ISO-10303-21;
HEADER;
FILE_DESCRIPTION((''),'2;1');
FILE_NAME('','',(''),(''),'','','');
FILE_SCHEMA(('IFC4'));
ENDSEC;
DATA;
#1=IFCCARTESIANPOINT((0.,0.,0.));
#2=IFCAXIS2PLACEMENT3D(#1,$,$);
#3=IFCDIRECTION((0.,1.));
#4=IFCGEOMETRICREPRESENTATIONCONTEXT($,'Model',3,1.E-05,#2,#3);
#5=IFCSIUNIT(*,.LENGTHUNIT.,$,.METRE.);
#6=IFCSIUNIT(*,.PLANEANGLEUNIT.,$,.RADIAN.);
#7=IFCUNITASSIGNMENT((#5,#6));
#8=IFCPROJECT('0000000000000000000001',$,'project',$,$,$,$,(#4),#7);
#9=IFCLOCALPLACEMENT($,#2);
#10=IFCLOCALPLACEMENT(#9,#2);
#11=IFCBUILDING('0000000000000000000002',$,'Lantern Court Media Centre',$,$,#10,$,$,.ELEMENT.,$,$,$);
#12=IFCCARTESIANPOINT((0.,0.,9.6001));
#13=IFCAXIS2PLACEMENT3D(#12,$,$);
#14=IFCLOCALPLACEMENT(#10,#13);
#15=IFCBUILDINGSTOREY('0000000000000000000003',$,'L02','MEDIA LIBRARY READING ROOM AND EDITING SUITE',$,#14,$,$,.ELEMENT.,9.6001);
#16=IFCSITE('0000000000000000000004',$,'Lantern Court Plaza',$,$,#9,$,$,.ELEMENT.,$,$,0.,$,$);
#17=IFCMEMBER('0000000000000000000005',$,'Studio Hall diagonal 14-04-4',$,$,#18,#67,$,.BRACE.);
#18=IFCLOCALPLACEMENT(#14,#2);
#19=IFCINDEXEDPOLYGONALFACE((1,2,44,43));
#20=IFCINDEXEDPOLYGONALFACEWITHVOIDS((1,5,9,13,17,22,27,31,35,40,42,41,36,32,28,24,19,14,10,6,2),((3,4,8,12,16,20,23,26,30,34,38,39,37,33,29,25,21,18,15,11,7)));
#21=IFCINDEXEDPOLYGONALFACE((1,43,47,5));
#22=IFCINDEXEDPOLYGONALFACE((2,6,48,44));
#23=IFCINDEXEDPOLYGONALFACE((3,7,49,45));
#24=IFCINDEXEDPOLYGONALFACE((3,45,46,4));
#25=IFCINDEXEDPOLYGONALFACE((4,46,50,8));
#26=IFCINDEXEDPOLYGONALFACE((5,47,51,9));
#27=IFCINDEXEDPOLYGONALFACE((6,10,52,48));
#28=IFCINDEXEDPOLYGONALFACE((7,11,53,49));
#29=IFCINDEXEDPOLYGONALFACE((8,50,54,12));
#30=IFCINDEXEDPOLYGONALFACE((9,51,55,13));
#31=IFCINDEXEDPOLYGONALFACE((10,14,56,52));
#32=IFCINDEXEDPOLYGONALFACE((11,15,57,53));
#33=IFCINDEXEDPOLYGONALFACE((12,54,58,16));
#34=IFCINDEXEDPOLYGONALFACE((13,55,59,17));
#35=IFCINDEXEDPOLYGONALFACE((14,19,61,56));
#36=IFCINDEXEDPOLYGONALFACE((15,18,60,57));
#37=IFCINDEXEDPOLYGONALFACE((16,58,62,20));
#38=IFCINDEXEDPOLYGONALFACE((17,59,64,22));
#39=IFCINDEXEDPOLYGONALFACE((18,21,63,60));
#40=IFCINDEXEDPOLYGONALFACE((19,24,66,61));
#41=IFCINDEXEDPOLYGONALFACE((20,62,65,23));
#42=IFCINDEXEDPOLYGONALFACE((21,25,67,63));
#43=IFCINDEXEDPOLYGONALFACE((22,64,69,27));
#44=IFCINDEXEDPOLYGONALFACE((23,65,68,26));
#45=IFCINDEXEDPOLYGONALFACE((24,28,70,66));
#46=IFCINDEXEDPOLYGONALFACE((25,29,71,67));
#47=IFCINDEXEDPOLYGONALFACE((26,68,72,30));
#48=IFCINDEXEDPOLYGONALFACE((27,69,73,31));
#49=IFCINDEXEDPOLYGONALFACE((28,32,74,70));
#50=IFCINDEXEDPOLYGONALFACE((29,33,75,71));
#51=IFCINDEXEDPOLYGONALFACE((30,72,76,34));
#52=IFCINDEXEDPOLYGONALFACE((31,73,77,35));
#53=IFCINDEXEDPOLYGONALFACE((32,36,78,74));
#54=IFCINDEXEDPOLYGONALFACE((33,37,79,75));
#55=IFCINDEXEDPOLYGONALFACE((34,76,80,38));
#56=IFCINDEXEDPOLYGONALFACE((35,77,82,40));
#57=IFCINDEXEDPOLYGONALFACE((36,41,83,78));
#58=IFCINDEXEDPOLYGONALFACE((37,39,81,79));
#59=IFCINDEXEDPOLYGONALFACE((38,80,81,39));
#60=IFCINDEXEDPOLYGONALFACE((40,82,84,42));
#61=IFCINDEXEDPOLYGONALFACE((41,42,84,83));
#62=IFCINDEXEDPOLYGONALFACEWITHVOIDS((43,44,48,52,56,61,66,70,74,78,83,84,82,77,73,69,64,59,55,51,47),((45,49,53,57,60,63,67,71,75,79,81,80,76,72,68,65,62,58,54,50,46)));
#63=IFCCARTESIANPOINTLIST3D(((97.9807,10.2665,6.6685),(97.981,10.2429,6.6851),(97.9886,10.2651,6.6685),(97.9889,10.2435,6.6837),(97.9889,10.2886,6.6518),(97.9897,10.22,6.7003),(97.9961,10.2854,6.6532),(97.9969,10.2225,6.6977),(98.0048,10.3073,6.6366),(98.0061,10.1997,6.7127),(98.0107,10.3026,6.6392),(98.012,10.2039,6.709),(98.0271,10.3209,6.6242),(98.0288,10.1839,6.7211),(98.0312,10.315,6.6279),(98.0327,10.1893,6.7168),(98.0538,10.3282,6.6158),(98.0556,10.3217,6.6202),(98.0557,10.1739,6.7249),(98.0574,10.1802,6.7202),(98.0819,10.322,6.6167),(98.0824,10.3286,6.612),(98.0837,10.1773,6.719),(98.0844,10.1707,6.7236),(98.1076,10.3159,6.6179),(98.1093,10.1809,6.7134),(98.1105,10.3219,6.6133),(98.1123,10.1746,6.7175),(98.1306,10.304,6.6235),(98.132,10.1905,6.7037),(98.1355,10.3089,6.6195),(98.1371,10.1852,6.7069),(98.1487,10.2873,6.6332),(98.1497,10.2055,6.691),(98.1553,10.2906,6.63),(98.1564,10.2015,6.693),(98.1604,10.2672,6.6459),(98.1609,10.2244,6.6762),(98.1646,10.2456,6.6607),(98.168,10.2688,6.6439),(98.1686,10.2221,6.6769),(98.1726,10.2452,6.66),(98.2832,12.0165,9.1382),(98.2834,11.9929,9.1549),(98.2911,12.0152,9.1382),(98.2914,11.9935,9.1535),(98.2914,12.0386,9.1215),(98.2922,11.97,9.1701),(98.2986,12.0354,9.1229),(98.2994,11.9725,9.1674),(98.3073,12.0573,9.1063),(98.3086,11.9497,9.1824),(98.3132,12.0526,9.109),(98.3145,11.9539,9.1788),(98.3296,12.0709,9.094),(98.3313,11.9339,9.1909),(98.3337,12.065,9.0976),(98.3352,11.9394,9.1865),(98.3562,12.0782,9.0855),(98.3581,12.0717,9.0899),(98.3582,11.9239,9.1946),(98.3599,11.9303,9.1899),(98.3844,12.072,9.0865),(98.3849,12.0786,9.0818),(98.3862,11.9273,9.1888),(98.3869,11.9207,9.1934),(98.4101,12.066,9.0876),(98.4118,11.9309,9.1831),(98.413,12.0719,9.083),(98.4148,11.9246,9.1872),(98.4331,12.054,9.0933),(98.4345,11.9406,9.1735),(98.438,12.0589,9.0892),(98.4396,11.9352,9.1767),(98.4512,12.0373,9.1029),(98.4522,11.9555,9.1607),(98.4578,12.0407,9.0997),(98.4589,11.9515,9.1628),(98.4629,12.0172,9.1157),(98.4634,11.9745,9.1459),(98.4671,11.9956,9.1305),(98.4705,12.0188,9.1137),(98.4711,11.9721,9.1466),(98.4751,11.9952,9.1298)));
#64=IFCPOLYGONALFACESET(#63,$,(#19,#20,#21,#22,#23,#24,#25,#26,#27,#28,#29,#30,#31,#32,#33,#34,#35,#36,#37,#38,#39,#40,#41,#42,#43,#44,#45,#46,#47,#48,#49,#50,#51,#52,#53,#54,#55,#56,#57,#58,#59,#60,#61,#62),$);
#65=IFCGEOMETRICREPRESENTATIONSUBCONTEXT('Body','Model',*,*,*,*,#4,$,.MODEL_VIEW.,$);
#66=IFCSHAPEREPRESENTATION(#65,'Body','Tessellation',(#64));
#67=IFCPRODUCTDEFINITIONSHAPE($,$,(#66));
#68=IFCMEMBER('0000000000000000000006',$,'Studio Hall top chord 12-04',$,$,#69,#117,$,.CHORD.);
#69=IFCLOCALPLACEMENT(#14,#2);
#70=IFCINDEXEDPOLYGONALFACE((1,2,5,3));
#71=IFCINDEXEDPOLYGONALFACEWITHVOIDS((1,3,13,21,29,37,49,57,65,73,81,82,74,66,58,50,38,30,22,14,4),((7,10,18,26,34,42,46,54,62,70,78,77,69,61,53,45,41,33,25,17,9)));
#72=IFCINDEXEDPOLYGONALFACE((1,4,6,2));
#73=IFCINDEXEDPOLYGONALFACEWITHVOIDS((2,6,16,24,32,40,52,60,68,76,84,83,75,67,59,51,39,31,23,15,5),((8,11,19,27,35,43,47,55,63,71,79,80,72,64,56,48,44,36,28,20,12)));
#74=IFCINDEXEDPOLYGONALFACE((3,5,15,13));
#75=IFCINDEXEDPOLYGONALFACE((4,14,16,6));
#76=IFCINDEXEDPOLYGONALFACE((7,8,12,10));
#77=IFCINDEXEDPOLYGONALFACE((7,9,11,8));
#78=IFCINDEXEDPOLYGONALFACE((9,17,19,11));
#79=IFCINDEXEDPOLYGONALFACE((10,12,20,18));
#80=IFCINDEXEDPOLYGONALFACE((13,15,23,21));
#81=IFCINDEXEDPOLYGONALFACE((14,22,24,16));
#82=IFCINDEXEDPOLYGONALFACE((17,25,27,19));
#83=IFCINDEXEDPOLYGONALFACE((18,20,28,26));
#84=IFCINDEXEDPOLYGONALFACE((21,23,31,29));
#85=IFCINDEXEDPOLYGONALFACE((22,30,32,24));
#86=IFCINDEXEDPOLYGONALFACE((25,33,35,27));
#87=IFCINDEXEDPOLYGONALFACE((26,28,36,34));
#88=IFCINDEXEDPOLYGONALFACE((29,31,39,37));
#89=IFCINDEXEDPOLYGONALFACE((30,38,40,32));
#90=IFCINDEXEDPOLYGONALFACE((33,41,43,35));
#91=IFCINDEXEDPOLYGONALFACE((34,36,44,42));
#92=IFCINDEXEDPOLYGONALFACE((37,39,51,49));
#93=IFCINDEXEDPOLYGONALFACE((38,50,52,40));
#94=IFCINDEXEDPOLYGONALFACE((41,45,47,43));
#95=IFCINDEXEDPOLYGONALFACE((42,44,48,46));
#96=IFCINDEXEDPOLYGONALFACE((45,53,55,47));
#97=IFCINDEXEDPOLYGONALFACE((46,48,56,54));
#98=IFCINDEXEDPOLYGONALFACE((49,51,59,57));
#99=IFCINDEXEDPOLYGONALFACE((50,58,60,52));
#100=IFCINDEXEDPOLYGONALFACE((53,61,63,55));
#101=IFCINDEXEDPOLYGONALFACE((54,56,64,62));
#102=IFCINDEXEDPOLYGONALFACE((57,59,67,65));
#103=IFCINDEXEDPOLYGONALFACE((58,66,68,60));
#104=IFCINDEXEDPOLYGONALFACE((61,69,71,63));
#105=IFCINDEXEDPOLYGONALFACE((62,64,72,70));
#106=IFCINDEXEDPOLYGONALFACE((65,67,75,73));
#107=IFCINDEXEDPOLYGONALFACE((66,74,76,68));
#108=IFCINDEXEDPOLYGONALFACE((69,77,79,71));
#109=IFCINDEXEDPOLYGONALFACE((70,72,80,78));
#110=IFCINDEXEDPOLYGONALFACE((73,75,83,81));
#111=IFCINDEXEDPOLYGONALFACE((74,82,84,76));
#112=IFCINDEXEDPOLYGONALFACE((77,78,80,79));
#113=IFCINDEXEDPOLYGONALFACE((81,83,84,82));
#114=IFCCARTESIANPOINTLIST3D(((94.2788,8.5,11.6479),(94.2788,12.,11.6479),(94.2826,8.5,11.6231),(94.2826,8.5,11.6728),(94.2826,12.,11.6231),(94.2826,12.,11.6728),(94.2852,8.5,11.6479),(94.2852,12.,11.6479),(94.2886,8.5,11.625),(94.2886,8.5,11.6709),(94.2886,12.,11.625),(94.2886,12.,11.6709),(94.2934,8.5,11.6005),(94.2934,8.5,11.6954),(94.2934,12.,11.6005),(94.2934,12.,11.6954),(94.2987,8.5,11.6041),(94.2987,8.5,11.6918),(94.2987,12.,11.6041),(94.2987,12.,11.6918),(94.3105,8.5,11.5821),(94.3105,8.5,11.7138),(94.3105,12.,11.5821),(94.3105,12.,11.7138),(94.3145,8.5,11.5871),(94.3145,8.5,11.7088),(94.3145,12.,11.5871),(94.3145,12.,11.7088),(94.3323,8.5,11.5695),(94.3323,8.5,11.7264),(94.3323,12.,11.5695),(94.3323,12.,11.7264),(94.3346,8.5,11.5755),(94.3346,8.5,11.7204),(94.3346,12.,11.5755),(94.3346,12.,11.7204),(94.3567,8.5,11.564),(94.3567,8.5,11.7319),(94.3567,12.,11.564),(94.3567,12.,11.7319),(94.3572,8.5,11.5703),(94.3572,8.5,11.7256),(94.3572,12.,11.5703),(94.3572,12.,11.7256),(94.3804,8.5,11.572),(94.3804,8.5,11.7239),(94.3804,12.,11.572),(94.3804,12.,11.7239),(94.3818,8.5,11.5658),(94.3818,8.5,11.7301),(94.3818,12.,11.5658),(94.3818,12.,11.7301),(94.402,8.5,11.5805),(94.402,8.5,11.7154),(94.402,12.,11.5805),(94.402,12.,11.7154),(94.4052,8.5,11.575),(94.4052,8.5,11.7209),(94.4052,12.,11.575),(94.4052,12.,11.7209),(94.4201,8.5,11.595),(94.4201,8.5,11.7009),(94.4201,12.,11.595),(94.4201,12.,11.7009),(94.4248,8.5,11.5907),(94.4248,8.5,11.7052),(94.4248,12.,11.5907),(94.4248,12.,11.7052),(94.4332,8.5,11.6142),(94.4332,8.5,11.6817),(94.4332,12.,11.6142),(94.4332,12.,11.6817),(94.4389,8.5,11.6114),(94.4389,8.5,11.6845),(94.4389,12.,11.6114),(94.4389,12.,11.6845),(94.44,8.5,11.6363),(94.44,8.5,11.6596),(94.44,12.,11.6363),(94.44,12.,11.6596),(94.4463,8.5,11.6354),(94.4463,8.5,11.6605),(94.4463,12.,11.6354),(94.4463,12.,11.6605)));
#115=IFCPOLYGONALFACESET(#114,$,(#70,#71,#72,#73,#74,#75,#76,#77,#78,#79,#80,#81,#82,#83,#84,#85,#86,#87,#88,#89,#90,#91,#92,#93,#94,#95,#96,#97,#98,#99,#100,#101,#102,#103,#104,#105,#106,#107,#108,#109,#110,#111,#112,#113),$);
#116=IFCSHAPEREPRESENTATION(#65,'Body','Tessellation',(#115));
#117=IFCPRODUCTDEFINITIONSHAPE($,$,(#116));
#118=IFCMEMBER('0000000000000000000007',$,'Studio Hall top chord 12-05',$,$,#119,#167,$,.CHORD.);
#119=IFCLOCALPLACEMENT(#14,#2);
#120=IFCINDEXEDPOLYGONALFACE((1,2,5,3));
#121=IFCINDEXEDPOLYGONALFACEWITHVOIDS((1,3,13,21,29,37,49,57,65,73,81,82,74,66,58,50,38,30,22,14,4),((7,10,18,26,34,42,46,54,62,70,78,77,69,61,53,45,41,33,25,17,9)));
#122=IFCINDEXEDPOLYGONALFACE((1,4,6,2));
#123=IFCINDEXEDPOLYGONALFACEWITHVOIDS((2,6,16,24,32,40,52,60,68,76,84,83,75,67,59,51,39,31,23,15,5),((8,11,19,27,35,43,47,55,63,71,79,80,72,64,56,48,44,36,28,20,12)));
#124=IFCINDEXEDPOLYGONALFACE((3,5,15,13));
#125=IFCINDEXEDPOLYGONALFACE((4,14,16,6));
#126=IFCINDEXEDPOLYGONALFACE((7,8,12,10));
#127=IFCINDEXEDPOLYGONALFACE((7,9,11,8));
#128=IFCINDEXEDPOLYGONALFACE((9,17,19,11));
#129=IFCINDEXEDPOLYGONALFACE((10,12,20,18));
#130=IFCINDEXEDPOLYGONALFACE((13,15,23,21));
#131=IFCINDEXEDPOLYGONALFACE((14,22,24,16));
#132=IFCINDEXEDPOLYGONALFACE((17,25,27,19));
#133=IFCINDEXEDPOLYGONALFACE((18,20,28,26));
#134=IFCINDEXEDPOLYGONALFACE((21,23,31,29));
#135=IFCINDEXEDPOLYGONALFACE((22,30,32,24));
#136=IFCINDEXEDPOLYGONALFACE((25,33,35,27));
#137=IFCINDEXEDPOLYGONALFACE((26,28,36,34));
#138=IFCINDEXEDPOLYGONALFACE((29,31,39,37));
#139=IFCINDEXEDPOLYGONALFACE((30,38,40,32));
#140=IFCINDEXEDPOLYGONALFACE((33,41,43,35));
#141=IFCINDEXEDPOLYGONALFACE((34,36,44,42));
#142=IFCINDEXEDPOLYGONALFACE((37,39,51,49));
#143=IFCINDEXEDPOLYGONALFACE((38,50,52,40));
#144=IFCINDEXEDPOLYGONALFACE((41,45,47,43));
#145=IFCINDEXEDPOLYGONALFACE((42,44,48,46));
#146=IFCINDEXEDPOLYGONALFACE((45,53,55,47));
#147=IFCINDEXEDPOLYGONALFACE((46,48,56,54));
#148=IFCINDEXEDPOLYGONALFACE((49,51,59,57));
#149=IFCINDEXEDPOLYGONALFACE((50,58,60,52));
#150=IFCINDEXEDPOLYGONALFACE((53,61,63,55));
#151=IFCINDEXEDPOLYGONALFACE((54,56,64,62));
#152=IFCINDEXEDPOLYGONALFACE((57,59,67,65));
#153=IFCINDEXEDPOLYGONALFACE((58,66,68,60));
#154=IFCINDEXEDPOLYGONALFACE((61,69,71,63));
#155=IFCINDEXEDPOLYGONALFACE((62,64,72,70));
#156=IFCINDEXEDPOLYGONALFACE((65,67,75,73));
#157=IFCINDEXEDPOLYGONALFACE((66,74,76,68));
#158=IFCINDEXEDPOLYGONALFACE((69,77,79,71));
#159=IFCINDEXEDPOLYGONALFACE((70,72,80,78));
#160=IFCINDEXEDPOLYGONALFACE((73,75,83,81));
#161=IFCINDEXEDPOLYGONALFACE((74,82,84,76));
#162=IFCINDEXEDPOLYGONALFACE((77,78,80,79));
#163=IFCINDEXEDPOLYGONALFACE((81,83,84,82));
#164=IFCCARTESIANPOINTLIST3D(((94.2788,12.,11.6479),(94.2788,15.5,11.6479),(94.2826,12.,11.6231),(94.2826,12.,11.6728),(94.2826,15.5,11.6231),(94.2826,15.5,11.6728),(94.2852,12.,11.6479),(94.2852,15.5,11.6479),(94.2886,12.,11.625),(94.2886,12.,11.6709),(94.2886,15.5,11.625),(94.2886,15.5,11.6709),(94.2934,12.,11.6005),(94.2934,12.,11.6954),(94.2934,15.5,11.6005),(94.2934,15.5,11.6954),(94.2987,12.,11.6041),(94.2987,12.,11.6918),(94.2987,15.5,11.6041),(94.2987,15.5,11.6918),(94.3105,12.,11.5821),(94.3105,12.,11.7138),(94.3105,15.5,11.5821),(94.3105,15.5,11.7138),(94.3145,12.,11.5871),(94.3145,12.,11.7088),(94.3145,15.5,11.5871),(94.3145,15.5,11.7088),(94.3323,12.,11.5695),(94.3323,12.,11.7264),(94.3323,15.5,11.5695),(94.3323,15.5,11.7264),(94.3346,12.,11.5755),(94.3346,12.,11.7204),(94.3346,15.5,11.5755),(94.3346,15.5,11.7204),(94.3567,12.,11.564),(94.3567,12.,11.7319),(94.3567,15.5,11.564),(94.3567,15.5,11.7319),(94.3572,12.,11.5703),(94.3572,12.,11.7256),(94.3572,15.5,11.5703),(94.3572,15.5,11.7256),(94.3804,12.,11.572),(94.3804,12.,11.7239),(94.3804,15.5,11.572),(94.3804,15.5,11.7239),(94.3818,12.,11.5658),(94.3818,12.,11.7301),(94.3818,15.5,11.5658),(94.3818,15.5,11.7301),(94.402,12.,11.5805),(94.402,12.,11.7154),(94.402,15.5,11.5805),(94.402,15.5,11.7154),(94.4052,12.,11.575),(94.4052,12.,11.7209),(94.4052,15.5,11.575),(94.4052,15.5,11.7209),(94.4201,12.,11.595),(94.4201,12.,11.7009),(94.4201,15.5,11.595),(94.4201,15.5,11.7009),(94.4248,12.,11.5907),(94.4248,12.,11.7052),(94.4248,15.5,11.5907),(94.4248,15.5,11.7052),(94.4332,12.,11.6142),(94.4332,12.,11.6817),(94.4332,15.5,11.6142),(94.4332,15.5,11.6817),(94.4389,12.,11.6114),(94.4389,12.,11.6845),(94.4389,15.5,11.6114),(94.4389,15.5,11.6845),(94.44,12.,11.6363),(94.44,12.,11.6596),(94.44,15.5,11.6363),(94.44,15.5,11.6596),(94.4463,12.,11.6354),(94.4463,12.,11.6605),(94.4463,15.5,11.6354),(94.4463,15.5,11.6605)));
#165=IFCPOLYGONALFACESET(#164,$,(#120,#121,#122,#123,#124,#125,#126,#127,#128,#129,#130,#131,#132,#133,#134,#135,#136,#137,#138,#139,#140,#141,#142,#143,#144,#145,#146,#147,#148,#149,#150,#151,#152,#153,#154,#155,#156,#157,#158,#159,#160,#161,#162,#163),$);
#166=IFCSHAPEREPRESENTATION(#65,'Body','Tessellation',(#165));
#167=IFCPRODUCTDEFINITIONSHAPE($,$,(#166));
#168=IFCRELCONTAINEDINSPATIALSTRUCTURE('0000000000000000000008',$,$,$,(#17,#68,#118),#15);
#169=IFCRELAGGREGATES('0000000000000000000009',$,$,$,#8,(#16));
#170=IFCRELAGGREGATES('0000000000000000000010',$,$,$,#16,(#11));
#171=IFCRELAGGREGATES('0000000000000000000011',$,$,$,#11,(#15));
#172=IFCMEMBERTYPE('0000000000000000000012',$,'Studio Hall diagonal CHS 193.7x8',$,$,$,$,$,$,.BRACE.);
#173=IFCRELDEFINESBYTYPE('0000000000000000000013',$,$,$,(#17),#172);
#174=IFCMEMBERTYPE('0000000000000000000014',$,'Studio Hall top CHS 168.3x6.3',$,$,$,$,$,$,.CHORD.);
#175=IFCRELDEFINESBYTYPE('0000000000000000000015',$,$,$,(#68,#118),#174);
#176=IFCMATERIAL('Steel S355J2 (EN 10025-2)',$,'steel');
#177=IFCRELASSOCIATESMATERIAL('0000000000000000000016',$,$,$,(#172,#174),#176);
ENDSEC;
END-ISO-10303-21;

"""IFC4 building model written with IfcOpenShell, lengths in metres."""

from ifc_helpers import new_model, si_unit, direction, frame, origin, origin_2d, place, context, subcontext, project, spatial, hollow_circle, extrude, material, material_profile, profile_set, type_object, element, save


model = new_model("IFC4")

# Units and contexts
model_context = context("Model", 3, precision=1e-05, world=origin(), true_north=direction((0.0, 1.0)))
body_context = subcontext(model_context, "Body", "Model", "MODEL_VIEW")
ifc_project = project(units=[si_unit("LENGTHUNIT", "METRE"), si_unit("PLANEANGLEUNIT", "RADIAN")], contexts=[model_context])

# Site, building, storey
site_placement = place(None, origin())
site = spatial("IfcSite", under=ifc_project, at=site_placement, Name="Lantern Court Plaza", CompositionType="ELEMENT", RefElevation=0.0)
building_placement = place(site_placement, origin())
building = spatial("IfcBuilding", under=site, at=building_placement, Name="Lantern Court Media Centre", CompositionType="ELEMENT")
storey_placement = place(building_placement, frame((0.0, 0.0, 9.6001)))
storey = spatial("IfcBuildingStorey", under=building, at=storey_placement, Name="L02", Description="MEDIA LIBRARY READING ROOM AND EDITING SUITE", CompositionType="ELEMENT", Elevation=9.6001)

# Members
ifc_material = material(Name="Steel S355J2 (EN 10025-2)", Category="steel")
ifc_material_profile_1 = material_profile(ifc_material, hollow_circle(Radius=0.0969, WallThickness=0.0081, at=origin_2d()), Name="Studio Hall diagonal CHS 193.7x8")
ifc_profile_set_1 = profile_set([ifc_material_profile_1], Name="Steel S355J2 (EN 10025-2)")
member_type_1 = type_object("IfcMemberType", Name="Studio Hall diagonal CHS 193.7x8", PredefinedType="BRACE", material=ifc_profile_set_1)
for number, where, z_axis, x_axis, name in (
    (1, (98.0762, 10.25, 6.6685), (0.099439, 0.575286, 0.811885), (-0.985388, 0.170326, 0.0), "Studio Hall diagonal 14-04-4"),
):
    element("IfcMember", number, at=place(storey_placement, frame(where, z_axis=z_axis, x_axis=x_axis)), inside=storey, type_object=member_type_1, Name=name, PredefinedType="BRACE", context=body_context, shape_type="SweptSolid", body=[
        extrude(hollow_circle(Radius=0.0969, WallThickness=0.0081, at=origin_2d()), origin(), (0.0, 0.0, 1.0), 3.042),
    ])
ifc_material_profile_2 = material_profile(ifc_material, hollow_circle(Radius=0.0842, WallThickness=0.0063, at=origin_2d()), Name="Studio Hall top CHS 168.3x6.3")
ifc_profile_set_2 = profile_set([ifc_material_profile_2], Name="Steel S355J2 (EN 10025-2)")
member_type_2 = type_object("IfcMemberType", Name="Studio Hall top CHS 168.3x6.3", PredefinedType="CHORD", material=ifc_profile_set_2)
for number, where, z_axis, x_axis, name in (
    (2, (94.363, 8.5, 11.6479), (0.0, 1.0, 0.0), (-1.0, 0.0, 0.0), "Studio Hall top chord 12-04"),
    (3, (94.363, 12.0, 11.6479), (0.0, 1.0, 0.0), (-1.0, 0.0, 0.0), "Studio Hall top chord 12-05"),
):
    element("IfcMember", number, at=place(storey_placement, frame(where, z_axis=z_axis, x_axis=x_axis)), inside=storey, type_object=member_type_2, Name=name, PredefinedType="CHORD", context=body_context, shape_type="SweptSolid", body=[
        extrude(hollow_circle(Radius=0.0842, WallThickness=0.0063, at=origin_2d()), origin(), (0.0, 0.0, 1.0), 3.5),
    ])

save(model, "model.ifc")
